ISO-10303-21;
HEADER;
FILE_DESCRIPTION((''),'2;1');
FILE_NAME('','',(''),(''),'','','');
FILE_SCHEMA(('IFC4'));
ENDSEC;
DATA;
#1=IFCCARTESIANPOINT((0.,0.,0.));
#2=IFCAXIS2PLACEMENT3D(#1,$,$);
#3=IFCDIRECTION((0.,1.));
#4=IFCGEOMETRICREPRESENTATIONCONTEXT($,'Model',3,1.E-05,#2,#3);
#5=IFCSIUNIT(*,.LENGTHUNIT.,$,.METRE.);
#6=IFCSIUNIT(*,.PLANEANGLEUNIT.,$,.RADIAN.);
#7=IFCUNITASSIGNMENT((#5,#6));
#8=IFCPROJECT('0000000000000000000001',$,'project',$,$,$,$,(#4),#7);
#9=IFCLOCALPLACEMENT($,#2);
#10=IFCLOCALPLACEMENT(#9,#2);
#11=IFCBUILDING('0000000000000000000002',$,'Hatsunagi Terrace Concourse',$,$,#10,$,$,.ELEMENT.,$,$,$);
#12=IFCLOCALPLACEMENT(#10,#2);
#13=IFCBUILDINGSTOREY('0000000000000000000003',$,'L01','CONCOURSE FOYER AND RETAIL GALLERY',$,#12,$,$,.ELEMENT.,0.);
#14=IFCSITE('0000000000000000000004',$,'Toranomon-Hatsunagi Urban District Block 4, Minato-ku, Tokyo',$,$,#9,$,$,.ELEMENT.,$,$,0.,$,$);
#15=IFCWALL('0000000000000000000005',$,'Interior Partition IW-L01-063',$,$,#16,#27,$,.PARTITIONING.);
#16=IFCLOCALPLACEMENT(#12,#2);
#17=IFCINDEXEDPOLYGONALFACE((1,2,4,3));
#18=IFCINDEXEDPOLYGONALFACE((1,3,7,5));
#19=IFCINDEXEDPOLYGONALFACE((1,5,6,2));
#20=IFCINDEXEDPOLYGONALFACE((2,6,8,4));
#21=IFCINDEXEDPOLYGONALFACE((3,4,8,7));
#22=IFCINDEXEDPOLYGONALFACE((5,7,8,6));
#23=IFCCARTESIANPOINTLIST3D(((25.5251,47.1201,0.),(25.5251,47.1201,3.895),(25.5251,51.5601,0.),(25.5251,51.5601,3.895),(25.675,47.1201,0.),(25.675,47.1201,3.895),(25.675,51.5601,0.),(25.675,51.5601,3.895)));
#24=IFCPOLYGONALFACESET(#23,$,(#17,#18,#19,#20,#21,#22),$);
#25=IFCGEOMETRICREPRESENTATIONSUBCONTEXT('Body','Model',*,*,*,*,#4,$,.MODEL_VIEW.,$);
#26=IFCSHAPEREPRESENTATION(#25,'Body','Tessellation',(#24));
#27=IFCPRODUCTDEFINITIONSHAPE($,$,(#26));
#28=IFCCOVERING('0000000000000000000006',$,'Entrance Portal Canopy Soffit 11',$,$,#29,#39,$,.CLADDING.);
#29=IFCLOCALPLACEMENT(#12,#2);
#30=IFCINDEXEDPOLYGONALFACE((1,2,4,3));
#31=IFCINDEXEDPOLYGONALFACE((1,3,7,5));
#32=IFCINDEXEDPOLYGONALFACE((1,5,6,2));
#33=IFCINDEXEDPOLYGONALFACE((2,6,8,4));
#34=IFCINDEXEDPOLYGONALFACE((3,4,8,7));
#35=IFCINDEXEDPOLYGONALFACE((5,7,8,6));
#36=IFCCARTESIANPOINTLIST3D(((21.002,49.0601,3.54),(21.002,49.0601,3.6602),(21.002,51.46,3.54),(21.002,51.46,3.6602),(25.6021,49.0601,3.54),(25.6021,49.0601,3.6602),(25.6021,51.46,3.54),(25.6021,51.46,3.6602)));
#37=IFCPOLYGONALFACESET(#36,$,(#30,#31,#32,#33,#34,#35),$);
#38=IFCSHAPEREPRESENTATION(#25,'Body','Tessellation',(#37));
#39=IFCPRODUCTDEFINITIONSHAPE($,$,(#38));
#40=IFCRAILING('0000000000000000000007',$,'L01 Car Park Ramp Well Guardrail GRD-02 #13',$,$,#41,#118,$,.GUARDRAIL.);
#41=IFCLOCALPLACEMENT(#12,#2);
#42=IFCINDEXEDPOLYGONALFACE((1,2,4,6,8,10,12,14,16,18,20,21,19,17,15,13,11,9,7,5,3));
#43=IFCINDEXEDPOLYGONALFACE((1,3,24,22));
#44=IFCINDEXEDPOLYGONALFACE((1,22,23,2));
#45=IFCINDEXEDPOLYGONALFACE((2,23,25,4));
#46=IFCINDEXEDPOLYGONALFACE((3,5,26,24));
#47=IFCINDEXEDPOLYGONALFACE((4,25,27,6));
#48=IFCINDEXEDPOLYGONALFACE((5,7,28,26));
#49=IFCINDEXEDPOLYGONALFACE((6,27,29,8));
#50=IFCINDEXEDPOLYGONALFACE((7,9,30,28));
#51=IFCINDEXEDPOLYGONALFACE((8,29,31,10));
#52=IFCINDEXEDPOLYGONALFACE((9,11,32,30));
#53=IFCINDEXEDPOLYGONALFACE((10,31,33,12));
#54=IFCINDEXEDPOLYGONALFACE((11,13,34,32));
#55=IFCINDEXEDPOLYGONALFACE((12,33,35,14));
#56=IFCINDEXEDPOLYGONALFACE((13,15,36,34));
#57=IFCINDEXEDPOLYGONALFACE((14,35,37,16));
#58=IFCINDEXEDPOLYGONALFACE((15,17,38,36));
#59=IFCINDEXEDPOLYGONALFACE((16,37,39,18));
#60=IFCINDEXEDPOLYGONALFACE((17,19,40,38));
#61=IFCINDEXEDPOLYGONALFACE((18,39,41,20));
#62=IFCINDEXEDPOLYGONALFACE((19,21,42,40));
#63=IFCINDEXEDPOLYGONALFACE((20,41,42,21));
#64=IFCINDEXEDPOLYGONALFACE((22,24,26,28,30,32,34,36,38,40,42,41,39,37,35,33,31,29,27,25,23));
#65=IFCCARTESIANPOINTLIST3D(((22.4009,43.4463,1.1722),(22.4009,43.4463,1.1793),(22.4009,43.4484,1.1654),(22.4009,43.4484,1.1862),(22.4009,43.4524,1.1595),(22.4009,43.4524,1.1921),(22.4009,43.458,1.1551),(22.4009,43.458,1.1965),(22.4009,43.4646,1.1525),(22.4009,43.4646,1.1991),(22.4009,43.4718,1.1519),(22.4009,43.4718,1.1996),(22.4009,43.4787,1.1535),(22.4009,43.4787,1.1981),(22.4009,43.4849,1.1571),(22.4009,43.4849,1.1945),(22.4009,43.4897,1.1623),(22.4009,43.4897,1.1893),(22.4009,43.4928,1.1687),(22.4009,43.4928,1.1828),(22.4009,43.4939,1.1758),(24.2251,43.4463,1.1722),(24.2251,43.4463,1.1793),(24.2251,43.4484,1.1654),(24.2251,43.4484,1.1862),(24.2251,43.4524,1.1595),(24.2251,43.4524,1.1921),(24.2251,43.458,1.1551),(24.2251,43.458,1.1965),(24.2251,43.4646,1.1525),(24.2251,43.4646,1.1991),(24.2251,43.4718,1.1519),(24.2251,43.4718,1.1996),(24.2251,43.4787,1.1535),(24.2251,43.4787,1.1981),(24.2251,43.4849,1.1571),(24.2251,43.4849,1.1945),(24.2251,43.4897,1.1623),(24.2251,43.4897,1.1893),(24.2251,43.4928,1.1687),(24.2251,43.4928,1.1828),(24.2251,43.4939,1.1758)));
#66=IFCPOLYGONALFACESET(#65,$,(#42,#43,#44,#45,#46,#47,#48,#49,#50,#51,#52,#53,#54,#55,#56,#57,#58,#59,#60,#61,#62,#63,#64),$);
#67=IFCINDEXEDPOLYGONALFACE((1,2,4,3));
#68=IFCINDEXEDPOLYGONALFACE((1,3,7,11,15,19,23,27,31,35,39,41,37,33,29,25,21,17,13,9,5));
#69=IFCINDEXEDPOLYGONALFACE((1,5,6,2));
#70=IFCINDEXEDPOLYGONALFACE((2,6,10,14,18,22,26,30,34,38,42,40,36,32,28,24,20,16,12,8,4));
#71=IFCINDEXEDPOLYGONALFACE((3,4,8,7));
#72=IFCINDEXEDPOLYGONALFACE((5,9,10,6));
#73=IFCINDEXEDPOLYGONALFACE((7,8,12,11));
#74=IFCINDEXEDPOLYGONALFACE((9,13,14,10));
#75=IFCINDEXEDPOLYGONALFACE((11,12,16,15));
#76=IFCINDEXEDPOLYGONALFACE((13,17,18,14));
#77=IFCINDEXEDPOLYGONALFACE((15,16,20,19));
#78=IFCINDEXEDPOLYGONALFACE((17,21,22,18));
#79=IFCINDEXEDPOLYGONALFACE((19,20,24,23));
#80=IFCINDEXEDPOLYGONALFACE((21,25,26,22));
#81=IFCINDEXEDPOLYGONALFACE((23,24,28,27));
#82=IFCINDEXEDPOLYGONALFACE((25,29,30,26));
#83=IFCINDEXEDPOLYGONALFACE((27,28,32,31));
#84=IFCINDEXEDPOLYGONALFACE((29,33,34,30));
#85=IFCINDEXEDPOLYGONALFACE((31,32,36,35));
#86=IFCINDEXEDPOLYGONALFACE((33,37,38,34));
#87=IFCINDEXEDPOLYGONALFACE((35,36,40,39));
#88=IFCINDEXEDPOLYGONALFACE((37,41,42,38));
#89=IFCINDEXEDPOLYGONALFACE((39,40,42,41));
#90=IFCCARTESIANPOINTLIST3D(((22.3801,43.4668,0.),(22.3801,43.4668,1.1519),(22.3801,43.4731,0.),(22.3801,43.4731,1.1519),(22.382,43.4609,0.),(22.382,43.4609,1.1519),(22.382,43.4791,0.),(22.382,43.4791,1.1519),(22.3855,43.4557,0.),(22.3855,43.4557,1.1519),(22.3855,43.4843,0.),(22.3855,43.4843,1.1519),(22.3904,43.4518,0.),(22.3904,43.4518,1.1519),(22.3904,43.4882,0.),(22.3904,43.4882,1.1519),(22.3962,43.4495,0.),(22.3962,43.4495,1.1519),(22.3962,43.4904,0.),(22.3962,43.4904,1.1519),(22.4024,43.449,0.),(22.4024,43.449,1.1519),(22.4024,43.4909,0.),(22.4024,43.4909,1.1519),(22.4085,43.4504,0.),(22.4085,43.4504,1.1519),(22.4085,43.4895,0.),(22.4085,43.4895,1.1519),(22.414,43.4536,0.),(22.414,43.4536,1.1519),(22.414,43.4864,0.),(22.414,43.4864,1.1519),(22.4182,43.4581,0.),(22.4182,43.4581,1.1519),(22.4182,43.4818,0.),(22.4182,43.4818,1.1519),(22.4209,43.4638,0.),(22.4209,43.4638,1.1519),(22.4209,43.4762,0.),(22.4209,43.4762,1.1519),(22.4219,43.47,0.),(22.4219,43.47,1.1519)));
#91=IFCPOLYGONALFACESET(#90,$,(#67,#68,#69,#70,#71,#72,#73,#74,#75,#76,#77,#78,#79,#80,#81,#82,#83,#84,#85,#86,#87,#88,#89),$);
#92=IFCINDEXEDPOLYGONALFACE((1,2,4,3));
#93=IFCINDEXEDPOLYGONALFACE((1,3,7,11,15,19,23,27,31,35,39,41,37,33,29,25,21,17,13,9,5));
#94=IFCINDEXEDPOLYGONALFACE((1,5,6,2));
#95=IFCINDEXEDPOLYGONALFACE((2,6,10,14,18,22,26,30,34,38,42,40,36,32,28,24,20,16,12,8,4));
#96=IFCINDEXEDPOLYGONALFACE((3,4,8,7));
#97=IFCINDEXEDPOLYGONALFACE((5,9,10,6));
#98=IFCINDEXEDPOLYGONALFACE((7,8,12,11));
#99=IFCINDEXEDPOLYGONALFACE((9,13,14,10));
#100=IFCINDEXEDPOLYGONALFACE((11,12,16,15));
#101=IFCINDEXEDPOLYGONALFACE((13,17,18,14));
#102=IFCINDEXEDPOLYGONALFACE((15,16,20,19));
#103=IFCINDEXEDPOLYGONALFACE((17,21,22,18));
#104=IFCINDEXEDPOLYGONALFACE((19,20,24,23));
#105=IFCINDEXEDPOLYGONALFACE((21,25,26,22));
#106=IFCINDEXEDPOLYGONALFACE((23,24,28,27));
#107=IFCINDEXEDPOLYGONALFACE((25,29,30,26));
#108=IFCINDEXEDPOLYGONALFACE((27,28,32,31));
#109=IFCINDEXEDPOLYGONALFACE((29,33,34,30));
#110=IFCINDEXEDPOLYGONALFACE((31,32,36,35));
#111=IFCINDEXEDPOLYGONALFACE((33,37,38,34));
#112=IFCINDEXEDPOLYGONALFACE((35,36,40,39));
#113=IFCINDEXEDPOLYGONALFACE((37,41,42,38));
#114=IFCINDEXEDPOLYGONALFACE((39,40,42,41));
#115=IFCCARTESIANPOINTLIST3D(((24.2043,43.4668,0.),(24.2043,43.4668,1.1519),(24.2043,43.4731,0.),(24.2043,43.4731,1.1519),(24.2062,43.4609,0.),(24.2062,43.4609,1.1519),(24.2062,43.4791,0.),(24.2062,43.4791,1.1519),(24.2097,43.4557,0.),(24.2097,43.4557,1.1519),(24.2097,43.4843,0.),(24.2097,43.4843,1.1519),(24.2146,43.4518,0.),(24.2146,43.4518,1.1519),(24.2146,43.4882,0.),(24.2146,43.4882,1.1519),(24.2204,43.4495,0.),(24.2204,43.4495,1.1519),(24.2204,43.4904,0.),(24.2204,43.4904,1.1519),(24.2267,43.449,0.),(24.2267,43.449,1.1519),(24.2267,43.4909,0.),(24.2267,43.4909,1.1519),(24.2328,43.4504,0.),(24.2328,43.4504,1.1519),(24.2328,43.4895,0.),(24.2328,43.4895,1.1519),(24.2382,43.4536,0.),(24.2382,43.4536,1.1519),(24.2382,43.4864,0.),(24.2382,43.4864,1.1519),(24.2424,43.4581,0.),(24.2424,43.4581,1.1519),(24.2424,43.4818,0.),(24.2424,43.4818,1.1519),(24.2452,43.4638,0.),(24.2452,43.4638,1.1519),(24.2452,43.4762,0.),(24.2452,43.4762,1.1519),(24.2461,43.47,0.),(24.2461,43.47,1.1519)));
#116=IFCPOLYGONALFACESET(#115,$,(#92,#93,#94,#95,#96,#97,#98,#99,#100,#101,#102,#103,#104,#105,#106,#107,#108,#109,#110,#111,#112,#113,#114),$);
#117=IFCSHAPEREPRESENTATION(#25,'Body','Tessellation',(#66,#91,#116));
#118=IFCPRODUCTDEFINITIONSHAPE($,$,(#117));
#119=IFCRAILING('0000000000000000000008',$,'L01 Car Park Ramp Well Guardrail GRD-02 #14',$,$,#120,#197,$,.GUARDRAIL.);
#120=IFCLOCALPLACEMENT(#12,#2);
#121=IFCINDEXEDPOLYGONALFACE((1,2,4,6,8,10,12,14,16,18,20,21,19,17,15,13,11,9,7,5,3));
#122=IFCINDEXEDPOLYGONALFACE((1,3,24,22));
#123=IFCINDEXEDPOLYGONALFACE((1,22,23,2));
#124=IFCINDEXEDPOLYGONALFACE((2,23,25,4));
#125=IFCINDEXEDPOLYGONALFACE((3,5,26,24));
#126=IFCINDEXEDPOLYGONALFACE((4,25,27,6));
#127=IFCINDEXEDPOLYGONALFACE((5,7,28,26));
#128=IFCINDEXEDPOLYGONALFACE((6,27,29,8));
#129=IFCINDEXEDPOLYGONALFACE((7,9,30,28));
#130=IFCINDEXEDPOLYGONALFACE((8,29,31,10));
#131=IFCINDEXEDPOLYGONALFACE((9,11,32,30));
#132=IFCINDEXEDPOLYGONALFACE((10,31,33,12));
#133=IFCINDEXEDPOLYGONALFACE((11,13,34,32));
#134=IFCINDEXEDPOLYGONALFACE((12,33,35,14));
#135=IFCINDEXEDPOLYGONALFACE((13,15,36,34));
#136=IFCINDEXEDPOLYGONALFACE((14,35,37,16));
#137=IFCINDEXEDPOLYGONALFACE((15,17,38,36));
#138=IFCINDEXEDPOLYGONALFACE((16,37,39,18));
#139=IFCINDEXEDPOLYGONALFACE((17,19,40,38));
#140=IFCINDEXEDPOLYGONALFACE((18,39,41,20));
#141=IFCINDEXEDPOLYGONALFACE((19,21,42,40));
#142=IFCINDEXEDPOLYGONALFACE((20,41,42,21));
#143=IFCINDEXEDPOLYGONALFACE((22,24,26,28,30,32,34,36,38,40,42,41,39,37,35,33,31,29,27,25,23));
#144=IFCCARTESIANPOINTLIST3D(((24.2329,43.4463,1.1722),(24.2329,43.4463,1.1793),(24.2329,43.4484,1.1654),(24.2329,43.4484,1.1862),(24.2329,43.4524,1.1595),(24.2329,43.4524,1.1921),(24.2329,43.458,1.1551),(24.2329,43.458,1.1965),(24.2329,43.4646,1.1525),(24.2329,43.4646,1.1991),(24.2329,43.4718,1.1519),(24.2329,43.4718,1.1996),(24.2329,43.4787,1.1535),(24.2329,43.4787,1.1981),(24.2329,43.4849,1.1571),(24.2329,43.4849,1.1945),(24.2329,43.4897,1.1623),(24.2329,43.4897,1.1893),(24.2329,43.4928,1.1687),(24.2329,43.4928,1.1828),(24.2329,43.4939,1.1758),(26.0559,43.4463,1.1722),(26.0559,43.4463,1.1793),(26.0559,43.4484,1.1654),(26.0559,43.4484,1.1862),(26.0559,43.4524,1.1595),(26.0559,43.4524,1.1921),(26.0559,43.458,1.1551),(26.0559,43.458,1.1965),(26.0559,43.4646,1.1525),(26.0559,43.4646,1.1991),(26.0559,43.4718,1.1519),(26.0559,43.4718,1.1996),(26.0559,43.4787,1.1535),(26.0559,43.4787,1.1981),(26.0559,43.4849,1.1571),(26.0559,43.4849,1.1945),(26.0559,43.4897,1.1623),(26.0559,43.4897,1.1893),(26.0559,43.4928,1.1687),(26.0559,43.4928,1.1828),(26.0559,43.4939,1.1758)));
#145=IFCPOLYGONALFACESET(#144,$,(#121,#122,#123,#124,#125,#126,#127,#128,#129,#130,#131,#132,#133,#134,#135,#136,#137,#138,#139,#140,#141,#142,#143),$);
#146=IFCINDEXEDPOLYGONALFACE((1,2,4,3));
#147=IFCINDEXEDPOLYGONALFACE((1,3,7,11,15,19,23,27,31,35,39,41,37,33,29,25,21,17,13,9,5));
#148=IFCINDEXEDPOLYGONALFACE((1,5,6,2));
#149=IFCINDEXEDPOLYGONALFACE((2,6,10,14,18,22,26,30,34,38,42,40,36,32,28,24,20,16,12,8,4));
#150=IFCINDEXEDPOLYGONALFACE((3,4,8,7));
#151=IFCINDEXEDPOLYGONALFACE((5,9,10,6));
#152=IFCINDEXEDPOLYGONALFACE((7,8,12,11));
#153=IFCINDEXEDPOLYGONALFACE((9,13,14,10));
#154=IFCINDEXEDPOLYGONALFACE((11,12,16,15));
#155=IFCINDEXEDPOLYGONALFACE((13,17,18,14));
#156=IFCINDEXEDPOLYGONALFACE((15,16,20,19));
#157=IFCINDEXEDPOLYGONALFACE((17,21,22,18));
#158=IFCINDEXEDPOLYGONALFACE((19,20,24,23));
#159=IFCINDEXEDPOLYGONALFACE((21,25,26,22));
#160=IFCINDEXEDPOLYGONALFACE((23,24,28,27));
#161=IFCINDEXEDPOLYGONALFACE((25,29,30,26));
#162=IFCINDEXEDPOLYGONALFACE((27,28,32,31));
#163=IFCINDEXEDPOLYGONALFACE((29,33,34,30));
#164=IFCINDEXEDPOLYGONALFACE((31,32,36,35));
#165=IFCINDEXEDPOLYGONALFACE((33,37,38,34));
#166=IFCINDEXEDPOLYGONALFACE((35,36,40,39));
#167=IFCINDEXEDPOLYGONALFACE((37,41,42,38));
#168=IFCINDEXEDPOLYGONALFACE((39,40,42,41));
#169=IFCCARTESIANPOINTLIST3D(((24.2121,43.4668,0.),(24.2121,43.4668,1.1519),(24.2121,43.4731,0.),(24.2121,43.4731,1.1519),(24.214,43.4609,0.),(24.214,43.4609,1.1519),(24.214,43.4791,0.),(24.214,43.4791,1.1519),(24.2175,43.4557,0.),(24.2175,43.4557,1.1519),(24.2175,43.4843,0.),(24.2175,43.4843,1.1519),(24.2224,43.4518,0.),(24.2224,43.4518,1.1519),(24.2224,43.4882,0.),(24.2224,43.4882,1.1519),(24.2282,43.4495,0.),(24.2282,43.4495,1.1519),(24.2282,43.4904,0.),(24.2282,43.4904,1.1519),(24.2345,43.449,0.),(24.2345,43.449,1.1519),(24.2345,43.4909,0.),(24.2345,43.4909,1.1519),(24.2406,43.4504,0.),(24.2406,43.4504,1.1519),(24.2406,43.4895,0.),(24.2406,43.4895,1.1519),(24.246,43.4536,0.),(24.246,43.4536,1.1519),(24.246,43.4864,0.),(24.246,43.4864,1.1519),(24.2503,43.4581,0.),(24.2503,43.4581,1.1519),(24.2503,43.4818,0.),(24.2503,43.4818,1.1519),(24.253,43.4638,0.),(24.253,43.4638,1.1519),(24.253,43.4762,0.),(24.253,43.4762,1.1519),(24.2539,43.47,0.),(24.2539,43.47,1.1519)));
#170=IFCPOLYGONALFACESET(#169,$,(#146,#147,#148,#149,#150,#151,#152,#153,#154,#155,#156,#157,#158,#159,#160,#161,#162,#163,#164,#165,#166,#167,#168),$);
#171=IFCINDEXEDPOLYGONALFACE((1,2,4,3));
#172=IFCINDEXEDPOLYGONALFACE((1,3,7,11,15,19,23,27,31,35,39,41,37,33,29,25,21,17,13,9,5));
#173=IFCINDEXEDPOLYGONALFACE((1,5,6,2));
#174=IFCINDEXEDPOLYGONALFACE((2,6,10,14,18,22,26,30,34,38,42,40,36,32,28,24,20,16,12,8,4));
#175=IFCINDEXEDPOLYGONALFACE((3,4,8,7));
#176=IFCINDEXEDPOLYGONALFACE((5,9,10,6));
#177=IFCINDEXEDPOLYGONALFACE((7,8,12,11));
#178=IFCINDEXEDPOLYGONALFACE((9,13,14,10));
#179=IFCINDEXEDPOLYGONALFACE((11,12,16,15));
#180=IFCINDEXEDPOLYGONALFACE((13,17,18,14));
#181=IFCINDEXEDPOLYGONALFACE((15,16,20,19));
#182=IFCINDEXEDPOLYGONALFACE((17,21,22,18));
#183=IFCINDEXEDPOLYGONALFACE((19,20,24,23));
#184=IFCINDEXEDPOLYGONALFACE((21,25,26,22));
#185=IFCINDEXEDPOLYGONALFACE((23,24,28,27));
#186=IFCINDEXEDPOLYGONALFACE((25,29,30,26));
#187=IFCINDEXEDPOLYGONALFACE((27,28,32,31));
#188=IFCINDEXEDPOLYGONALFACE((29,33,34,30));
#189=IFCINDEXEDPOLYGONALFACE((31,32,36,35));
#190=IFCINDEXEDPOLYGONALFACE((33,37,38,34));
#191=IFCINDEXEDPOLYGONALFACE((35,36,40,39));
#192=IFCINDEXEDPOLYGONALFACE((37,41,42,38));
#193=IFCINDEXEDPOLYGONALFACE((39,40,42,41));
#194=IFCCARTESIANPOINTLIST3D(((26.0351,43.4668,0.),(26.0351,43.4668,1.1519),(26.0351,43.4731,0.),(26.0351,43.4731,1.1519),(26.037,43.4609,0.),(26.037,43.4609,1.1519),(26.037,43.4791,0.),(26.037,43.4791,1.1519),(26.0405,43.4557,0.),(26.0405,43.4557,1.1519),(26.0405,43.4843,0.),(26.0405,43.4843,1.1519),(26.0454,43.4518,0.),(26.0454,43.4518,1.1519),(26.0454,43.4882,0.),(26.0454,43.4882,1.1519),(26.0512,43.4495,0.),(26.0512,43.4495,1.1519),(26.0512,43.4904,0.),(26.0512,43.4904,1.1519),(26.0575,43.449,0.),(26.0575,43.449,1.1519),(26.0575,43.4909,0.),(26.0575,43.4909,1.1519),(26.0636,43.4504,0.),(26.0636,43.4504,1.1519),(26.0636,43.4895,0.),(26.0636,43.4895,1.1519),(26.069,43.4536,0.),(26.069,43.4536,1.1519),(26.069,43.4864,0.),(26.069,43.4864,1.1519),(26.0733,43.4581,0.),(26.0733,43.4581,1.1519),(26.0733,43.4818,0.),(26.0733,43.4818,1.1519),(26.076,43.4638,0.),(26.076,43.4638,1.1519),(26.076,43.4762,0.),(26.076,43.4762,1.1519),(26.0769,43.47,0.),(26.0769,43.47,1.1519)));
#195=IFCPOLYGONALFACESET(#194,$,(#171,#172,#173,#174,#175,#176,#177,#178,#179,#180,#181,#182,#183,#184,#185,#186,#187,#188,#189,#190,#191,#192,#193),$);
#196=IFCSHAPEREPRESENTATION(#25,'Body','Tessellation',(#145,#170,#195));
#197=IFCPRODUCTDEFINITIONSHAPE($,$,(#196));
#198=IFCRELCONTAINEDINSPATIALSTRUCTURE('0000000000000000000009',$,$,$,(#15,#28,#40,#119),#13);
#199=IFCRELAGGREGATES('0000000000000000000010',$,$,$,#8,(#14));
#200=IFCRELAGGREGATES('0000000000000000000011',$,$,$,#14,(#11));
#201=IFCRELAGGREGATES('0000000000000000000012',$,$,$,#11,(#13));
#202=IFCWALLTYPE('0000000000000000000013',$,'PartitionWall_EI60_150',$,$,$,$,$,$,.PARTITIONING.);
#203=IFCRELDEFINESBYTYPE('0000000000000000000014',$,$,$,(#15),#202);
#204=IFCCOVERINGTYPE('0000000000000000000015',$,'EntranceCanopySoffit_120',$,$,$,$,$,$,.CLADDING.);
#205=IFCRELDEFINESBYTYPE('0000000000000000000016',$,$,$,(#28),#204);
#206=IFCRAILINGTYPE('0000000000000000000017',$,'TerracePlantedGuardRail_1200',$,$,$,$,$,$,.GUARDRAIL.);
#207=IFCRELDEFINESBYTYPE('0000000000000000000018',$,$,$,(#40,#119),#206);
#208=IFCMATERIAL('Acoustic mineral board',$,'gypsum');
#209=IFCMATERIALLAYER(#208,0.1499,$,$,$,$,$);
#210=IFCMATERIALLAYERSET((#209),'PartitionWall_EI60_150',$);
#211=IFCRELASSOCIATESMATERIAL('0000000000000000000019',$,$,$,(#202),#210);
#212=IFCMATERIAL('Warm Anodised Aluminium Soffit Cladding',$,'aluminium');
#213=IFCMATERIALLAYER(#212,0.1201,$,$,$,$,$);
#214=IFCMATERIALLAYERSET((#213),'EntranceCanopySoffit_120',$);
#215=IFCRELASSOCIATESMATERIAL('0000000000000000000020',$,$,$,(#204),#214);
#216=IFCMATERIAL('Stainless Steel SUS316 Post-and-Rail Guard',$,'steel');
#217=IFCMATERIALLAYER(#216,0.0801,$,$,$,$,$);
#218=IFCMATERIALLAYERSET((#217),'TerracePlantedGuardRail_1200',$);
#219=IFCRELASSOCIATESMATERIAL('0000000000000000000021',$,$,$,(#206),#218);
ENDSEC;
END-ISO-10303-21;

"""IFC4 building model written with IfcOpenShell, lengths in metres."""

from ifc_helpers import new_model, si_unit, direction, frame, frame_2d, origin, origin_2d, place, context, subcontext, project, spatial, rectangle, circle, extrude, material, layer, layer_set, type_object, element, save


model = new_model("IFC4")

# Units and contexts
model_context = context("Model", 3, precision=1e-05, world=origin(), true_north=direction((0.0, 1.0)))
body_context = subcontext(model_context, "Body", "Model", "MODEL_VIEW")
ifc_project = project(units=[si_unit("LENGTHUNIT", "METRE"), si_unit("PLANEANGLEUNIT", "RADIAN")], contexts=[model_context])

# Site, building, storey
site_placement = place(None, origin())
site = spatial("IfcSite", under=ifc_project, at=site_placement, Name="Toranomon-Hatsunagi Urban District Block 4, Minato-ku, Tokyo", CompositionType="ELEMENT", RefElevation=0.0)
building_placement = place(site_placement, origin())
building = spatial("IfcBuilding", under=site, at=building_placement, Name="Hatsunagi Terrace Concourse", CompositionType="ELEMENT")
storey_placement = place(building_placement, origin())
storey = spatial("IfcBuildingStorey", under=building, at=storey_placement, Name="L01", Description="CONCOURSE FOYER AND RETAIL GALLERY", CompositionType="ELEMENT", Elevation=0.0)

# Wall
ifc_material_1 = material(Name="Acoustic mineral board", Category="gypsum")
ifc_layer_1 = layer(ifc_material_1, 0.1499)
ifc_layer_set_1 = layer_set([ifc_layer_1], Name="PartitionWall_EI60_150")
wall_type = type_object("IfcWallType", Name="PartitionWall_EI60_150", PredefinedType="PARTITIONING", material=ifc_layer_set_1)
wall_placement = place(storey_placement, frame((25.6001, 47.1201, 0.0), z_axis=(0.0, 0.0, 1.0), x_axis=(0.0, 1.0, 0.0)))
element("IfcWall", 1, at=wall_placement, inside=storey, type_object=wall_type, Name="Interior Partition IW-L01-063", PredefinedType="PARTITIONING", context=body_context, shape_type="SweptSolid", body=[
    extrude(rectangle(XDim=4.4399, YDim=0.1499, at=frame_2d((2.22, 0.0))), origin(), (0.0, 0.0, 1.0), 3.895),
])

# Covering
ifc_material_2 = material(Name="Warm Anodised Aluminium Soffit Cladding", Category="aluminium")
ifc_layer_2 = layer(ifc_material_2, 0.1201)
ifc_layer_set_2 = layer_set([ifc_layer_2], Name="EntranceCanopySoffit_120")
covering_type = type_object("IfcCoveringType", Name="EntranceCanopySoffit_120", PredefinedType="CLADDING", material=ifc_layer_set_2)
covering_placement = place(storey_placement, frame((23.302, 50.26, 3.54), z_axis=(0.0, 0.0, 1.0), x_axis=(1.0, 0.0, 0.0)))
element("IfcCovering", 2, at=covering_placement, inside=storey, type_object=covering_type, Name="Entrance Portal Canopy Soffit 11", PredefinedType="CLADDING", context=body_context, shape_type="SweptSolid", body=[
    extrude(rectangle(XDim=4.6001, YDim=2.3999, at=origin_2d()), origin(), (0.0, 0.0, 1.0), 0.1201),
])

# Railings
ifc_material_3 = material(Name="Stainless Steel SUS316 Post-and-Rail Guard", Category="steel")
ifc_layer_3 = layer(ifc_material_3, 0.0801)
ifc_layer_set_3 = layer_set([ifc_layer_3], Name="TerracePlantedGuardRail_1200")
railing_type = type_object("IfcRailingType", Name="TerracePlantedGuardRail_1200", PredefinedType="GUARDRAIL", material=ifc_layer_set_3)
railing_1_placement = place(storey_placement, frame((22.4009, 43.47, 0.0)))
element("IfcRailing", 3, at=railing_1_placement, inside=storey, type_object=railing_type, Name="L01 Car Park Ramp Well Guardrail GRD-02 #13", PredefinedType="GUARDRAIL", context=body_context, shape_type="SweptSolid", body=[
    extrude(circle(Radius=0.0239, at=origin_2d()), frame((0.0, 0.0, 1.1758), z_axis=(1.0, 0.0, 0.0), x_axis=(0.0, 1.0, 0.0)), (0.0, 0.0, 1.0), 1.8242),
    extrude(circle(Radius=0.021, at=origin_2d()), origin(), (0.0, 0.0, 1.0), 1.1519),
    extrude(circle(Radius=0.021, at=origin_2d()), frame((1.8242, 0.0, 0.0)), (0.0, 0.0, 1.0), 1.1519),
])
for number, where, name in (
    (4, (24.2329, 43.47, 0.0), "L01 Car Park Ramp Well Guardrail GRD-02 #14"),
):
    element("IfcRailing", number, at=place(storey_placement, frame(where)), inside=storey, type_object=railing_type, Name=name, PredefinedType="GUARDRAIL", context=body_context, shape_type="SweptSolid", body=[
        extrude(circle(Radius=0.0239, at=origin_2d()), frame((0.0, 0.0, 1.1758), z_axis=(1.0, 0.0, 0.0), x_axis=(0.0, 1.0, 0.0)), (0.0, 0.0, 1.0), 1.823),
        extrude(circle(Radius=0.021, at=origin_2d()), origin(), (0.0, 0.0, 1.0), 1.1519),
        extrude(circle(Radius=0.021, at=origin_2d()), frame((1.823, 0.0, 0.0)), (0.0, 0.0, 1.0), 1.1519),
    ])

save(model, "model.ifc")
